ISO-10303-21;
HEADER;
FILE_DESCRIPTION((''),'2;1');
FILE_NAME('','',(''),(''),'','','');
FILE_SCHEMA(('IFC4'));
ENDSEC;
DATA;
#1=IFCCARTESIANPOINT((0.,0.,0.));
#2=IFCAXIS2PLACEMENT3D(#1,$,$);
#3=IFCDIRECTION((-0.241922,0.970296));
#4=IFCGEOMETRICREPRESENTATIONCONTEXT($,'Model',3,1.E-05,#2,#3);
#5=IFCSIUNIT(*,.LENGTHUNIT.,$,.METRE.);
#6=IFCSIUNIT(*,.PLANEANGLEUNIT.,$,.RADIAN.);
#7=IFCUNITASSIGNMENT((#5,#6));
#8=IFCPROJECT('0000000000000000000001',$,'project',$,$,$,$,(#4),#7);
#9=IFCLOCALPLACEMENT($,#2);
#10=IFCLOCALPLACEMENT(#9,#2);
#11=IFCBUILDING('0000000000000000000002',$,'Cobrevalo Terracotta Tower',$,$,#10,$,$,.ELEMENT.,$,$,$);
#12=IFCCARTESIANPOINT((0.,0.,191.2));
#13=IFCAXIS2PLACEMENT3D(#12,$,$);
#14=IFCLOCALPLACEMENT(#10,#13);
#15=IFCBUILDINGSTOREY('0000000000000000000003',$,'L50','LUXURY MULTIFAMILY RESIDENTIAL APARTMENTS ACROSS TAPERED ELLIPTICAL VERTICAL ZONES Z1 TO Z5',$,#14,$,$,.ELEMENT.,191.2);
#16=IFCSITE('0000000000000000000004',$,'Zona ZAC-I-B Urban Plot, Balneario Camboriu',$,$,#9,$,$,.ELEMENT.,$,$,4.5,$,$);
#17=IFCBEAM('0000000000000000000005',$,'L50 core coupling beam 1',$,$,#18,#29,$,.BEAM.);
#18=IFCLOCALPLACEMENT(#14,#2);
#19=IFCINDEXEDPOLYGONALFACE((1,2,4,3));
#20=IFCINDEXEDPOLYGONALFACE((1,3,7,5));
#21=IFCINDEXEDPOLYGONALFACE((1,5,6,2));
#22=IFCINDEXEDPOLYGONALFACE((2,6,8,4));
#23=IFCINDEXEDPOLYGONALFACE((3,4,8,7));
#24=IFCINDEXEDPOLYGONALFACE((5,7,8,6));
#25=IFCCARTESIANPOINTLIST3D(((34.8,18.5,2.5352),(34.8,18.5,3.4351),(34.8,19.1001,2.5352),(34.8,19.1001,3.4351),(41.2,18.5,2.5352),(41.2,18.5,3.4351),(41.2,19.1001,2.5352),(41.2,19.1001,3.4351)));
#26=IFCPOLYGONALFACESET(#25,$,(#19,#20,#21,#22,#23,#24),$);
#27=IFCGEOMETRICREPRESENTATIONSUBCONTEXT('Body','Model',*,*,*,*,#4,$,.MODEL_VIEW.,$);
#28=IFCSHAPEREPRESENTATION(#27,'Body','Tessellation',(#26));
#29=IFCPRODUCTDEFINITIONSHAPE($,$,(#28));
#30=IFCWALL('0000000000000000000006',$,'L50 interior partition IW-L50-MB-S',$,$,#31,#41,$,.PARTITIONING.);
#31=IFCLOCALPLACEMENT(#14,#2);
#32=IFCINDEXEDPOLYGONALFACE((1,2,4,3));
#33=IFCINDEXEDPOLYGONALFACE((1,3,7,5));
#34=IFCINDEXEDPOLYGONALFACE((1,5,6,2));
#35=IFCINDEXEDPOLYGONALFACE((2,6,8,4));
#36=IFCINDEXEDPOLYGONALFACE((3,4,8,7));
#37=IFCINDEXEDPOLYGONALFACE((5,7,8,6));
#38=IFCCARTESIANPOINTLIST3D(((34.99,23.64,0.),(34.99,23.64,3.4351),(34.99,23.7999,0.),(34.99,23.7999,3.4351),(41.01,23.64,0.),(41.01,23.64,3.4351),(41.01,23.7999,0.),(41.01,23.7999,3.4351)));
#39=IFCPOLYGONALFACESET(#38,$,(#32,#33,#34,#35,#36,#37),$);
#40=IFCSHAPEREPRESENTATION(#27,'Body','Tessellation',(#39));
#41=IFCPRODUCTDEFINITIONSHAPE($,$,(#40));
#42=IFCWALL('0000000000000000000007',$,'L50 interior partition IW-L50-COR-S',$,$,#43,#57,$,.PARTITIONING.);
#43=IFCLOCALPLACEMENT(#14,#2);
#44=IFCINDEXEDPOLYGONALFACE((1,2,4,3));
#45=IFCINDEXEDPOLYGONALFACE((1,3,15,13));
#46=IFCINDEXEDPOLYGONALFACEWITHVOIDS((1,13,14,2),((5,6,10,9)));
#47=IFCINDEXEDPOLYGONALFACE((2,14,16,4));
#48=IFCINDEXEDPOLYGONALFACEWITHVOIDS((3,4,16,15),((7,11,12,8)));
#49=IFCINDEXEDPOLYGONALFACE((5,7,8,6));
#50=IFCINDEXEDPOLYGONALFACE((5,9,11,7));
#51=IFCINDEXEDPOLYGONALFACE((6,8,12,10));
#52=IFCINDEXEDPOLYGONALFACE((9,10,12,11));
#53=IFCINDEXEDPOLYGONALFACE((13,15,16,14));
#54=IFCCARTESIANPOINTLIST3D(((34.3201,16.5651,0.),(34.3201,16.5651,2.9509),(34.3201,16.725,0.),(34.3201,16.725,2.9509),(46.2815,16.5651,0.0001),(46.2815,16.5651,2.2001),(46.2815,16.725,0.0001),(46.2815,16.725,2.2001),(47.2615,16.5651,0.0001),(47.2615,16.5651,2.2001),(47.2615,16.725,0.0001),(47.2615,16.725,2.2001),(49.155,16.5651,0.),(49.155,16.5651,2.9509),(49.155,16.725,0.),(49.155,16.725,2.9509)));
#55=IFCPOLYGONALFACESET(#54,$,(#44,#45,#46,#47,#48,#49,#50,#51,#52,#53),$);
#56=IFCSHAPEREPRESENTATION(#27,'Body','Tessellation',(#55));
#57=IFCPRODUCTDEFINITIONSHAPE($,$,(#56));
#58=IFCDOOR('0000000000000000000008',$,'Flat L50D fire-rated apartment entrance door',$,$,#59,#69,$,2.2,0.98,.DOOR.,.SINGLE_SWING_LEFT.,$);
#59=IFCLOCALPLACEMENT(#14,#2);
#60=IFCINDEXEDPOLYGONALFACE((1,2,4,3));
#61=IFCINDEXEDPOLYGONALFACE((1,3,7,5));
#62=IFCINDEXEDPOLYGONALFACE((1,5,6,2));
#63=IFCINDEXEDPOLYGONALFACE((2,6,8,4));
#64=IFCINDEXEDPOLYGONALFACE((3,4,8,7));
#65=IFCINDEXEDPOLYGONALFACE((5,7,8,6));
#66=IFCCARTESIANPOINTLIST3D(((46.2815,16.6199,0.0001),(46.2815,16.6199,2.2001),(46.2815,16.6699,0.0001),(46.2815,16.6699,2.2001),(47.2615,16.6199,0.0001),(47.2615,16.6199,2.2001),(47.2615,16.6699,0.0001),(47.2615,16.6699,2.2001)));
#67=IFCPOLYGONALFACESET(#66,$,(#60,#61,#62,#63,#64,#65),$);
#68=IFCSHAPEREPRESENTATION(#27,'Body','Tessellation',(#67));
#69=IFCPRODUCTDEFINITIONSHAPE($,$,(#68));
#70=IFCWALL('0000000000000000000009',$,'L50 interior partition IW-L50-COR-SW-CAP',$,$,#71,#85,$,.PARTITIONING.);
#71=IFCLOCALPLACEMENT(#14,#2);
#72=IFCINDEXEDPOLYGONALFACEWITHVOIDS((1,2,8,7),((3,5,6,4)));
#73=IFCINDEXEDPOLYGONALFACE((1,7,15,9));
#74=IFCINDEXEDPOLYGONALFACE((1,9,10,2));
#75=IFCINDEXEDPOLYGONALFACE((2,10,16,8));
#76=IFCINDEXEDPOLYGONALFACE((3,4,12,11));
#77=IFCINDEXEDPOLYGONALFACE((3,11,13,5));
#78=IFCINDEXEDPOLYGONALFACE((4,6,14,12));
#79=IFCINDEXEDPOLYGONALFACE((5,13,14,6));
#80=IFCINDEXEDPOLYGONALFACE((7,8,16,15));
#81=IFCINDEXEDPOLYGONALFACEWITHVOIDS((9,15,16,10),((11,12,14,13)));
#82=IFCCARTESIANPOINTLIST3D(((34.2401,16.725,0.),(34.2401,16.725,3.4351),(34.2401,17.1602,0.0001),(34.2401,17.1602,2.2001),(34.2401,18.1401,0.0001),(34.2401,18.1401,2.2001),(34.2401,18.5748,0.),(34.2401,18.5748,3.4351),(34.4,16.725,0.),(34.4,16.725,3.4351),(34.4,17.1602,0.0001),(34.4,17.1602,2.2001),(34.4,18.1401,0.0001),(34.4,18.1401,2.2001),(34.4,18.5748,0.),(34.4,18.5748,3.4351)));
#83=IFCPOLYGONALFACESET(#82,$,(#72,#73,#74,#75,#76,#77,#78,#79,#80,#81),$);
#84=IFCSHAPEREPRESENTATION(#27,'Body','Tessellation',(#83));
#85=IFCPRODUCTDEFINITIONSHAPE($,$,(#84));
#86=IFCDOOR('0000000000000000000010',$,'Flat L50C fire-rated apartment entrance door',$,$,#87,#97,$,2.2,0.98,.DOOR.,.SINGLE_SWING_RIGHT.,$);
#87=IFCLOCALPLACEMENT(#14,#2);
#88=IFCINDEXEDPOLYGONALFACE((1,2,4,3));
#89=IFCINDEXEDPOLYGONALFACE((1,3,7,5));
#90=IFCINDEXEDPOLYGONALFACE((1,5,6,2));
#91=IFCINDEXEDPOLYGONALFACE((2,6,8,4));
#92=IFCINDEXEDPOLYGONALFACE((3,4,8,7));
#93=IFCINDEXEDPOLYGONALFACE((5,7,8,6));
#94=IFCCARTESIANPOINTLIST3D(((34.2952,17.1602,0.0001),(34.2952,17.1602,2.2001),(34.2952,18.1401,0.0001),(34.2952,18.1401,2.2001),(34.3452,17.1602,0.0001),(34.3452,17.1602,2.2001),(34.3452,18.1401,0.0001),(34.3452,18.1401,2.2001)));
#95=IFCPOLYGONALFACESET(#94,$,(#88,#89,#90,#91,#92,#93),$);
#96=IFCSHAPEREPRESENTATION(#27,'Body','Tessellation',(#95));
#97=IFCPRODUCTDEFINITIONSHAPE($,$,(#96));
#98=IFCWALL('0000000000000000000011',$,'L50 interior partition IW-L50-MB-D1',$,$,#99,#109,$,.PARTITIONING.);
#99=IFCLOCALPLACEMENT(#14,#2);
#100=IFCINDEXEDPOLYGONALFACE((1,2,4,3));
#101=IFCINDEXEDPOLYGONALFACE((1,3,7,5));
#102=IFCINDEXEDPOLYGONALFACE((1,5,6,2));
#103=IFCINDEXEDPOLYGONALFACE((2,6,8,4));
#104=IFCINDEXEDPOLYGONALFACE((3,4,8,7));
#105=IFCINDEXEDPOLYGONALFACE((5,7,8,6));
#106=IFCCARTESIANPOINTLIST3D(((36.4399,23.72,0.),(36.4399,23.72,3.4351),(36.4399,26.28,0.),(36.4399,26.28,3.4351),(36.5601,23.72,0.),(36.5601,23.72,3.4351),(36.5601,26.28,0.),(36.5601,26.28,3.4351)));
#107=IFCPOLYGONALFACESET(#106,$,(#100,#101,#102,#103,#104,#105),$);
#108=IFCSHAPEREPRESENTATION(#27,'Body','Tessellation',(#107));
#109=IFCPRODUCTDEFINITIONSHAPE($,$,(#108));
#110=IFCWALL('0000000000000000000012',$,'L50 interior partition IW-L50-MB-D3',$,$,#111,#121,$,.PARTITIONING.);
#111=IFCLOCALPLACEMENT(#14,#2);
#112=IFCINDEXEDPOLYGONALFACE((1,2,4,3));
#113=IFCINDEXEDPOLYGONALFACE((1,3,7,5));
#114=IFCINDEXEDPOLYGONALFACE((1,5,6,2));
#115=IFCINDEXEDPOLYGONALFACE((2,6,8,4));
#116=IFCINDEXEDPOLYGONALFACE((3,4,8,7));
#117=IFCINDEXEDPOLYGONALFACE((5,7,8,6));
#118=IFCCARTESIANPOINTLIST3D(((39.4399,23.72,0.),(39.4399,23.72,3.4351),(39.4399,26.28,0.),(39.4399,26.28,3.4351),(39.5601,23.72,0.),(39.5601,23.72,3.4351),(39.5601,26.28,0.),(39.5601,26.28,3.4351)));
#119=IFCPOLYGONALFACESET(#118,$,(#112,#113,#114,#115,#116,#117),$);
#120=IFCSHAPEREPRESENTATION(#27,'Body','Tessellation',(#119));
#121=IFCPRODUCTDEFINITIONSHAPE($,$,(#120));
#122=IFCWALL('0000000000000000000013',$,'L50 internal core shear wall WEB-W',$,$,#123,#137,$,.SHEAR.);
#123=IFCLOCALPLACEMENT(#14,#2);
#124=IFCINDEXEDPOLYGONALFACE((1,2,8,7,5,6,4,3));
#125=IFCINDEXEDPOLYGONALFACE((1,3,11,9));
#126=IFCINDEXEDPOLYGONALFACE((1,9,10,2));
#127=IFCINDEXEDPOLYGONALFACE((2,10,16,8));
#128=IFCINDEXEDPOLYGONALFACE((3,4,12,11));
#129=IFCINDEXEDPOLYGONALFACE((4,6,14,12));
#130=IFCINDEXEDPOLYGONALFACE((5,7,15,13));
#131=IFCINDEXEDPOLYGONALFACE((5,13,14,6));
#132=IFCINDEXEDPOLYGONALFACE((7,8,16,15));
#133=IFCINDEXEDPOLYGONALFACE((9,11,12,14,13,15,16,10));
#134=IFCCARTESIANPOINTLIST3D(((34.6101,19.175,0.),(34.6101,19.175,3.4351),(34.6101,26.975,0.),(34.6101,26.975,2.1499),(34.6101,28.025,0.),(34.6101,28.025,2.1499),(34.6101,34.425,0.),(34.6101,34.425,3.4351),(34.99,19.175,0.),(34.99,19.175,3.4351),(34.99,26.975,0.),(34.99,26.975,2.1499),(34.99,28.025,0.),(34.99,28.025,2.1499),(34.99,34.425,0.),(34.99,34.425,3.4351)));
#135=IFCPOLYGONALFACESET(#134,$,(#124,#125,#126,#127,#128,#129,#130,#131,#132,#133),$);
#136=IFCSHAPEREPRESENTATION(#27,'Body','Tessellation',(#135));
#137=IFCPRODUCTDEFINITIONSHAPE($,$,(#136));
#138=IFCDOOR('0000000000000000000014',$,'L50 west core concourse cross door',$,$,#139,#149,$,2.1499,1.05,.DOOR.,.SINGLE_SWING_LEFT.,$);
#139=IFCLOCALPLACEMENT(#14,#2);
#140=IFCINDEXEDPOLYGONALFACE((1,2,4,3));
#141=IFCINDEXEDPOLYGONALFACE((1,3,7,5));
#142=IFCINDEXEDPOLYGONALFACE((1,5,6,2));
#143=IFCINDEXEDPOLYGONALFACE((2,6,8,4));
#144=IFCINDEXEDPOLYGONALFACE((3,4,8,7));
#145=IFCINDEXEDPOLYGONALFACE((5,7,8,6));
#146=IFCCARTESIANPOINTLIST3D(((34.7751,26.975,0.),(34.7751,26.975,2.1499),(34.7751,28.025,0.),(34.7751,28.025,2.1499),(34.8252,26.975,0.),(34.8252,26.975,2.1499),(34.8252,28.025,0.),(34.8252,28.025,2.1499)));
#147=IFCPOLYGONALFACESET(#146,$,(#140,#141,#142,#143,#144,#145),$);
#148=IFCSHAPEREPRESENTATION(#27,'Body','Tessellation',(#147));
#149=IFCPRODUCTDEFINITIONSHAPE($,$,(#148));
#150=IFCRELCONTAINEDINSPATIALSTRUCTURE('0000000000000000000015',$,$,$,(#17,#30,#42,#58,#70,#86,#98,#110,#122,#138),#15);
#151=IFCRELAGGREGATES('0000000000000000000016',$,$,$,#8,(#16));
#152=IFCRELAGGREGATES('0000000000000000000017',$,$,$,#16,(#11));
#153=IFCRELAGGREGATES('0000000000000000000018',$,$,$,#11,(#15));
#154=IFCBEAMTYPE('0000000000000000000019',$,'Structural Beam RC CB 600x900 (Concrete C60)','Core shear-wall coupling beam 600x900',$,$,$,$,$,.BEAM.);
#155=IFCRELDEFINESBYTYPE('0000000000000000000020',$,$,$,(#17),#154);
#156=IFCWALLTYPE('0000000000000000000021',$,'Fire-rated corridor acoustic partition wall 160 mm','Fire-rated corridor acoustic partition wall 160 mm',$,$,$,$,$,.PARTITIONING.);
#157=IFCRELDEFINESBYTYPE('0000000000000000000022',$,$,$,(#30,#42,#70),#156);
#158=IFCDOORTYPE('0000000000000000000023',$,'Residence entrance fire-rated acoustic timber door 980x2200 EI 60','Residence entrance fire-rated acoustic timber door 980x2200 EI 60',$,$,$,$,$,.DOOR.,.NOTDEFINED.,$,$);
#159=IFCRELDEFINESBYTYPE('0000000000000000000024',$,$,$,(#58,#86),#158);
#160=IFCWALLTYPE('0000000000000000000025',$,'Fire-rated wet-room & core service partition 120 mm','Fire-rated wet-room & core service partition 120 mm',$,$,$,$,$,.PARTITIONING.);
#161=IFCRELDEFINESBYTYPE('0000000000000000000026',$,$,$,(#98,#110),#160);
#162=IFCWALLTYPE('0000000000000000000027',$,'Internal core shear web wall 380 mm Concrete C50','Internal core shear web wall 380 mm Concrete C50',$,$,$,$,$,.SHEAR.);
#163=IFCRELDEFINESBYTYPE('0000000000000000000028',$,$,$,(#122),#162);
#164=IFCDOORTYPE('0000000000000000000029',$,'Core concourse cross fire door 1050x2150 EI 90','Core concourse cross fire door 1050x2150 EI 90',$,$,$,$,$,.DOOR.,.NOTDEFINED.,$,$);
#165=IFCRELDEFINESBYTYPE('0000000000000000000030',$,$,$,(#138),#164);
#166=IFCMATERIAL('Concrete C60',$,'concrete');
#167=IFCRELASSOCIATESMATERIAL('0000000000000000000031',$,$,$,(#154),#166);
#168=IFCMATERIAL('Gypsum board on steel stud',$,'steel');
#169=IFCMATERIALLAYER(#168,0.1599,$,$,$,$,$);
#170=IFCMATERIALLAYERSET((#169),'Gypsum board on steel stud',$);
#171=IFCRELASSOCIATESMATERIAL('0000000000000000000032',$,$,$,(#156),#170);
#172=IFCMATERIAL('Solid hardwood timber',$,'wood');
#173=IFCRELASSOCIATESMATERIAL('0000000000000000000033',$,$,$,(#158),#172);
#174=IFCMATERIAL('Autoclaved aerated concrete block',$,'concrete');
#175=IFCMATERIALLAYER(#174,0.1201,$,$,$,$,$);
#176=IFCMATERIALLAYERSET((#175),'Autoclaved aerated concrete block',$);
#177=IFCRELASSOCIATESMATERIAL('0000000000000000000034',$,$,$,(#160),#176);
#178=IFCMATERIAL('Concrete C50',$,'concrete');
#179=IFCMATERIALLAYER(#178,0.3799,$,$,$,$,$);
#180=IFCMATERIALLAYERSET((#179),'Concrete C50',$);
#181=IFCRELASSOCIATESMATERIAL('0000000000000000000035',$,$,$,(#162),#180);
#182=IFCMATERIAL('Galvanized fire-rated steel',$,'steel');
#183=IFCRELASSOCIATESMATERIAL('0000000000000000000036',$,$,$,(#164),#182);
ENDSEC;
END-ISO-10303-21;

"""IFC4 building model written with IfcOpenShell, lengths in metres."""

from ifc_helpers import new_model, si_unit, direction, frame, frame_2d, origin, origin_2d, place, context, subcontext, project, spatial, rectangle, extrude, source, transform, mapped, material, layer, layer_set, material_profile, profile_set, type_object, element, fill, save


model = new_model("IFC4")

# Units and contexts
model_context = context("Model", 3, precision=1e-05, world=origin(), true_north=direction((-0.241922, 0.970296)))
body_context = subcontext(model_context, "Body", "Model", "MODEL_VIEW")
ifc_project = project(units=[si_unit("LENGTHUNIT", "METRE"), si_unit("PLANEANGLEUNIT", "RADIAN")], contexts=[model_context])

# Site, building, storey
site_placement = place(None, origin())
site = spatial("IfcSite", under=ifc_project, at=site_placement, Name="Zona ZAC-I-B Urban Plot, Balneario Camboriu", CompositionType="ELEMENT", RefElevation=4.5)
building_placement = place(site_placement, origin())
building = spatial("IfcBuilding", under=site, at=building_placement, Name="Cobrevalo Terracotta Tower", CompositionType="ELEMENT")
storey_placement = place(building_placement, frame((0.0, 0.0, 191.2)))
storey = spatial("IfcBuildingStorey", under=building, at=storey_placement, Name="L50", Description="LUXURY MULTIFAMILY RESIDENTIAL APARTMENTS ACROSS TAPERED ELLIPTICAL VERTICAL ZONES Z1 TO Z5", CompositionType="ELEMENT", Elevation=191.2)

# Beam
ifc_material_1 = material(Name="Concrete C60", Category="concrete")
ifc_material_profile = material_profile(ifc_material_1, rectangle(XDim=0.6001, YDim=0.8999, at=origin_2d()), Name="RC CB 600x900")
ifc_profile_set = profile_set([ifc_material_profile], Name="Concrete C60")
beam_type = type_object("IfcBeamType", Name="Structural Beam RC CB 600x900 (Concrete C60)", Description="Core shear-wall coupling beam 600x900", PredefinedType="BEAM", material=ifc_profile_set)
beam_placement = place(storey_placement, frame((34.8, 18.8, 2.9851), z_axis=(1.0, 0.0, 0.0), x_axis=(0.0, 1.0, 0.0)))
element("IfcBeam", 1, at=beam_placement, inside=storey, type_object=beam_type, Name="L50 core coupling beam 1", PredefinedType="BEAM", context=body_context, shape_type="SweptSolid", body=[
    extrude(rectangle(XDim=0.6001, YDim=0.8999, at=origin_2d()), origin(), (0.0, 0.0, 1.0), 6.3999),
])

# Wall
ifc_material_2 = material(Name="Gypsum board on steel stud", Category="steel")
ifc_layer_1 = layer(ifc_material_2, 0.1599)
ifc_layer_set_1 = layer_set([ifc_layer_1], Name="Gypsum board on steel stud")
wall_type_1 = type_object("IfcWallType", Name="Fire-rated corridor acoustic partition wall 160 mm", Description="Fire-rated corridor acoustic partition wall 160 mm", PredefinedType="PARTITIONING", material=ifc_layer_set_1)
wall_1_placement = place(storey_placement, frame((34.99, 23.72, 0.0), z_axis=(0.0, 0.0, 1.0), x_axis=(1.0, 0.0, 0.0)))
element("IfcWall", 2, at=wall_1_placement, inside=storey, type_object=wall_type_1, Name="L50 interior partition IW-L50-MB-S", PredefinedType="PARTITIONING", context=body_context, shape_type="SweptSolid", body=[
    extrude(rectangle(XDim=6.02, YDim=0.1599, at=frame_2d((3.01, 0.0))), origin(), (0.0, 0.0, 1.0), 3.4351),
])

# Walls, openings, doors
wall_2_placement = place(storey_placement, frame((34.3201, 16.645, 0.0), z_axis=(0.0, 0.0, 1.0), x_axis=(1.0, 0.0, 0.0)))
wall_2 = element("IfcWall", 3, at=wall_2_placement, inside=storey, type_object=wall_type_1, Name="L50 interior partition IW-L50-COR-S", PredefinedType="PARTITIONING", context=body_context, shape_type="SweptSolid", body=[
    extrude(rectangle(XDim=14.835, YDim=0.1599, at=frame_2d((7.4175, 0.0))), origin(), (0.0, 0.0, 1.0), 2.9509),
])
opening_1_placement = place(wall_2_placement, frame((11.9614, 0.0, 0.0)))
opening_1 = element("IfcOpeningElement", 4, at=opening_1_placement, cuts=wall_2, PredefinedType="OPENING", context=body_context, shape_type="SweptSolid", body=[
    extrude(rectangle(XDim=0.98, YDim=2.2, at=frame_2d((0.49, 1.1001))), frame((0.0, 0.0898, 0.0), z_axis=(0.0, -1.0, 0.0), x_axis=(1.0, 0.0, 0.0)), (0.0, 0.0, 1.0), 0.1799),
])
ifc_material_3 = material(Name="Solid hardwood timber", Category="wood")
door_type_1 = type_object("IfcDoorType", Name="Residence entrance fire-rated acoustic timber door 980x2200 EI 60", Description="Residence entrance fire-rated acoustic timber door 980x2200 EI 60", OperationType="NOTDEFINED", PredefinedType="DOOR", material=ifc_material_3)
shared_shape_1 = source(origin(), body_context, "Body", "SweptSolid", [
    extrude(rectangle(XDim=0.98, YDim=2.2, at=frame_2d((0.49, 1.1001))), frame((0.0, 0.0249, 0.0), z_axis=(0.0, -1.0, 0.0), x_axis=(1.0, 0.0, 0.0)), (0.0, 0.0, 1.0), 0.05),
])
door_1_placement = place(opening_1_placement, origin())
door_1 = element("IfcDoor", 5, at=door_1_placement, inside=storey, type_object=door_type_1, Name="Flat L50D fire-rated apartment entrance door", OperationType="SINGLE_SWING_LEFT", OverallHeight=2.2, OverallWidth=0.98, PredefinedType="DOOR", context=body_context, shape_type="MappedRepresentation", body=[
    mapped(shared_shape_1, transform((0.0, 0.0, 0.0), scale=1.0)),
])
fill(opening_1, door_1)
wall_3_placement = place(storey_placement, frame((34.3201, 16.7251, 0.0), z_axis=(0.0, 0.0, 1.0), x_axis=(0.0, 1.0, 0.0)))
wall_3 = element("IfcWall", 6, at=wall_3_placement, inside=storey, type_object=wall_type_1, Name="L50 interior partition IW-L50-COR-SW-CAP", PredefinedType="PARTITIONING", context=body_context, shape_type="SweptSolid", body=[
    extrude(rectangle(XDim=1.8499, YDim=0.1599, at=frame_2d((0.9248, 0.0))), origin(), (0.0, 0.0, 1.0), 3.4351),
])
opening_2_placement = place(wall_3_placement, frame((0.4351, 0.0, 0.0)))
opening_2 = element("IfcOpeningElement", 7, at=opening_2_placement, cuts=wall_3, PredefinedType="OPENING", context=body_context, shape_type="SweptSolid", body=[
    extrude(rectangle(XDim=0.98, YDim=2.2, at=frame_2d((0.49, 1.1001))), frame((0.0, 0.0898, 0.0), z_axis=(0.0, -1.0, 0.0), x_axis=(1.0, 0.0, 0.0)), (0.0, 0.0, 1.0), 0.1799),
])
door_2_placement = place(opening_2_placement, origin())
door_2 = element("IfcDoor", 8, at=door_2_placement, inside=storey, type_object=door_type_1, Name="Flat L50C fire-rated apartment entrance door", OperationType="SINGLE_SWING_RIGHT", OverallHeight=2.2, OverallWidth=0.98, PredefinedType="DOOR", context=body_context, shape_type="MappedRepresentation", body=[
    mapped(shared_shape_1, transform((0.0, 0.0, 0.0), scale=1.0)),
])
fill(opening_2, door_2)

# Walls
ifc_material_4 = material(Name="Autoclaved aerated concrete block", Category="concrete")
ifc_layer_2 = layer(ifc_material_4, 0.1201)
ifc_layer_set_2 = layer_set([ifc_layer_2], Name="Autoclaved aerated concrete block")
wall_type_2 = type_object("IfcWallType", Name="Fire-rated wet-room & core service partition 120 mm", Description="Fire-rated wet-room & core service partition 120 mm", PredefinedType="PARTITIONING", material=ifc_layer_set_2)
for number, where, z_axis, x_axis, name in (
    (9, (36.5, 23.72, 0.0), (0.0, 0.0, 1.0), (0.0, 1.0, 0.0), "L50 interior partition IW-L50-MB-D1"),
    (10, (39.5, 23.72, 0.0), (0.0, 0.0, 1.0), (0.0, 1.0, 0.0), "L50 interior partition IW-L50-MB-D3"),
):
    element("IfcWall", number, at=place(storey_placement, frame(where, z_axis=z_axis, x_axis=x_axis)), inside=storey, type_object=wall_type_2, Name=name, PredefinedType="PARTITIONING", context=body_context, shape_type="SweptSolid", body=[
        extrude(rectangle(XDim=2.5601, YDim=0.1201, at=frame_2d((1.28, 0.0))), origin(), (0.0, 0.0, 1.0), 3.4351),
    ])

# Wall, opening, door
ifc_material_5 = material(Name="Concrete C50", Category="concrete")
ifc_layer_3 = layer(ifc_material_5, 0.3799)
ifc_layer_set_3 = layer_set([ifc_layer_3], Name="Concrete C50")
wall_type_3 = type_object("IfcWallType", Name="Internal core shear web wall 380 mm Concrete C50", Description="Internal core shear web wall 380 mm Concrete C50", PredefinedType="SHEAR", material=ifc_layer_set_3)
wall_4_placement = place(storey_placement, frame((34.8, 19.175, 0.0), z_axis=(0.0, 0.0, 1.0), x_axis=(0.0, 1.0, 0.0)))
wall_4 = element("IfcWall", 11, at=wall_4_placement, inside=storey, type_object=wall_type_3, Name="L50 internal core shear wall WEB-W", PredefinedType="SHEAR", context=body_context, shape_type="SweptSolid", body=[
    extrude(rectangle(XDim=15.25, YDim=0.3799, at=frame_2d((7.625, 0.0))), origin(), (0.0, 0.0, 1.0), 3.4351),
])
opening_3_placement = place(wall_4_placement, frame((7.8, 0.0, 0.0)))
opening_3 = element("IfcOpeningElement", 12, at=opening_3_placement, cuts=wall_4, PredefinedType="OPENING", context=body_context, shape_type="SweptSolid", body=[
    extrude(rectangle(XDim=1.05, YDim=2.1499, at=frame_2d((0.5249, 1.075))), frame((0.0, 0.2, 0.0), z_axis=(0.0, -1.0, 0.0), x_axis=(1.0, 0.0, 0.0)), (0.0, 0.0, 1.0), 0.3999),
])
ifc_material_6 = material(Name="Galvanized fire-rated steel", Category="steel")
door_type_2 = type_object("IfcDoorType", Name="Core concourse cross fire door 1050x2150 EI 90", Description="Core concourse cross fire door 1050x2150 EI 90", OperationType="NOTDEFINED", PredefinedType="DOOR", material=ifc_material_6)
shared_shape_2 = source(origin(), body_context, "Body", "SweptSolid", [
    extrude(rectangle(XDim=1.05, YDim=2.1499, at=frame_2d((0.5249, 1.075))), frame((0.0, 0.0249, 0.0), z_axis=(0.0, -1.0, 0.0), x_axis=(1.0, 0.0, 0.0)), (0.0, 0.0, 1.0), 0.05),
])
door_3_placement = place(opening_3_placement, origin())
door_3 = element("IfcDoor", 13, at=door_3_placement, inside=storey, type_object=door_type_2, Name="L50 west core concourse cross door", OperationType="SINGLE_SWING_LEFT", OverallHeight=2.1499, OverallWidth=1.05, PredefinedType="DOOR", context=body_context, shape_type="MappedRepresentation", body=[
    mapped(shared_shape_2, transform((0.0, 0.0, 0.0), scale=1.0)),
])
fill(opening_3, door_3)

save(model, "model.ifc")
